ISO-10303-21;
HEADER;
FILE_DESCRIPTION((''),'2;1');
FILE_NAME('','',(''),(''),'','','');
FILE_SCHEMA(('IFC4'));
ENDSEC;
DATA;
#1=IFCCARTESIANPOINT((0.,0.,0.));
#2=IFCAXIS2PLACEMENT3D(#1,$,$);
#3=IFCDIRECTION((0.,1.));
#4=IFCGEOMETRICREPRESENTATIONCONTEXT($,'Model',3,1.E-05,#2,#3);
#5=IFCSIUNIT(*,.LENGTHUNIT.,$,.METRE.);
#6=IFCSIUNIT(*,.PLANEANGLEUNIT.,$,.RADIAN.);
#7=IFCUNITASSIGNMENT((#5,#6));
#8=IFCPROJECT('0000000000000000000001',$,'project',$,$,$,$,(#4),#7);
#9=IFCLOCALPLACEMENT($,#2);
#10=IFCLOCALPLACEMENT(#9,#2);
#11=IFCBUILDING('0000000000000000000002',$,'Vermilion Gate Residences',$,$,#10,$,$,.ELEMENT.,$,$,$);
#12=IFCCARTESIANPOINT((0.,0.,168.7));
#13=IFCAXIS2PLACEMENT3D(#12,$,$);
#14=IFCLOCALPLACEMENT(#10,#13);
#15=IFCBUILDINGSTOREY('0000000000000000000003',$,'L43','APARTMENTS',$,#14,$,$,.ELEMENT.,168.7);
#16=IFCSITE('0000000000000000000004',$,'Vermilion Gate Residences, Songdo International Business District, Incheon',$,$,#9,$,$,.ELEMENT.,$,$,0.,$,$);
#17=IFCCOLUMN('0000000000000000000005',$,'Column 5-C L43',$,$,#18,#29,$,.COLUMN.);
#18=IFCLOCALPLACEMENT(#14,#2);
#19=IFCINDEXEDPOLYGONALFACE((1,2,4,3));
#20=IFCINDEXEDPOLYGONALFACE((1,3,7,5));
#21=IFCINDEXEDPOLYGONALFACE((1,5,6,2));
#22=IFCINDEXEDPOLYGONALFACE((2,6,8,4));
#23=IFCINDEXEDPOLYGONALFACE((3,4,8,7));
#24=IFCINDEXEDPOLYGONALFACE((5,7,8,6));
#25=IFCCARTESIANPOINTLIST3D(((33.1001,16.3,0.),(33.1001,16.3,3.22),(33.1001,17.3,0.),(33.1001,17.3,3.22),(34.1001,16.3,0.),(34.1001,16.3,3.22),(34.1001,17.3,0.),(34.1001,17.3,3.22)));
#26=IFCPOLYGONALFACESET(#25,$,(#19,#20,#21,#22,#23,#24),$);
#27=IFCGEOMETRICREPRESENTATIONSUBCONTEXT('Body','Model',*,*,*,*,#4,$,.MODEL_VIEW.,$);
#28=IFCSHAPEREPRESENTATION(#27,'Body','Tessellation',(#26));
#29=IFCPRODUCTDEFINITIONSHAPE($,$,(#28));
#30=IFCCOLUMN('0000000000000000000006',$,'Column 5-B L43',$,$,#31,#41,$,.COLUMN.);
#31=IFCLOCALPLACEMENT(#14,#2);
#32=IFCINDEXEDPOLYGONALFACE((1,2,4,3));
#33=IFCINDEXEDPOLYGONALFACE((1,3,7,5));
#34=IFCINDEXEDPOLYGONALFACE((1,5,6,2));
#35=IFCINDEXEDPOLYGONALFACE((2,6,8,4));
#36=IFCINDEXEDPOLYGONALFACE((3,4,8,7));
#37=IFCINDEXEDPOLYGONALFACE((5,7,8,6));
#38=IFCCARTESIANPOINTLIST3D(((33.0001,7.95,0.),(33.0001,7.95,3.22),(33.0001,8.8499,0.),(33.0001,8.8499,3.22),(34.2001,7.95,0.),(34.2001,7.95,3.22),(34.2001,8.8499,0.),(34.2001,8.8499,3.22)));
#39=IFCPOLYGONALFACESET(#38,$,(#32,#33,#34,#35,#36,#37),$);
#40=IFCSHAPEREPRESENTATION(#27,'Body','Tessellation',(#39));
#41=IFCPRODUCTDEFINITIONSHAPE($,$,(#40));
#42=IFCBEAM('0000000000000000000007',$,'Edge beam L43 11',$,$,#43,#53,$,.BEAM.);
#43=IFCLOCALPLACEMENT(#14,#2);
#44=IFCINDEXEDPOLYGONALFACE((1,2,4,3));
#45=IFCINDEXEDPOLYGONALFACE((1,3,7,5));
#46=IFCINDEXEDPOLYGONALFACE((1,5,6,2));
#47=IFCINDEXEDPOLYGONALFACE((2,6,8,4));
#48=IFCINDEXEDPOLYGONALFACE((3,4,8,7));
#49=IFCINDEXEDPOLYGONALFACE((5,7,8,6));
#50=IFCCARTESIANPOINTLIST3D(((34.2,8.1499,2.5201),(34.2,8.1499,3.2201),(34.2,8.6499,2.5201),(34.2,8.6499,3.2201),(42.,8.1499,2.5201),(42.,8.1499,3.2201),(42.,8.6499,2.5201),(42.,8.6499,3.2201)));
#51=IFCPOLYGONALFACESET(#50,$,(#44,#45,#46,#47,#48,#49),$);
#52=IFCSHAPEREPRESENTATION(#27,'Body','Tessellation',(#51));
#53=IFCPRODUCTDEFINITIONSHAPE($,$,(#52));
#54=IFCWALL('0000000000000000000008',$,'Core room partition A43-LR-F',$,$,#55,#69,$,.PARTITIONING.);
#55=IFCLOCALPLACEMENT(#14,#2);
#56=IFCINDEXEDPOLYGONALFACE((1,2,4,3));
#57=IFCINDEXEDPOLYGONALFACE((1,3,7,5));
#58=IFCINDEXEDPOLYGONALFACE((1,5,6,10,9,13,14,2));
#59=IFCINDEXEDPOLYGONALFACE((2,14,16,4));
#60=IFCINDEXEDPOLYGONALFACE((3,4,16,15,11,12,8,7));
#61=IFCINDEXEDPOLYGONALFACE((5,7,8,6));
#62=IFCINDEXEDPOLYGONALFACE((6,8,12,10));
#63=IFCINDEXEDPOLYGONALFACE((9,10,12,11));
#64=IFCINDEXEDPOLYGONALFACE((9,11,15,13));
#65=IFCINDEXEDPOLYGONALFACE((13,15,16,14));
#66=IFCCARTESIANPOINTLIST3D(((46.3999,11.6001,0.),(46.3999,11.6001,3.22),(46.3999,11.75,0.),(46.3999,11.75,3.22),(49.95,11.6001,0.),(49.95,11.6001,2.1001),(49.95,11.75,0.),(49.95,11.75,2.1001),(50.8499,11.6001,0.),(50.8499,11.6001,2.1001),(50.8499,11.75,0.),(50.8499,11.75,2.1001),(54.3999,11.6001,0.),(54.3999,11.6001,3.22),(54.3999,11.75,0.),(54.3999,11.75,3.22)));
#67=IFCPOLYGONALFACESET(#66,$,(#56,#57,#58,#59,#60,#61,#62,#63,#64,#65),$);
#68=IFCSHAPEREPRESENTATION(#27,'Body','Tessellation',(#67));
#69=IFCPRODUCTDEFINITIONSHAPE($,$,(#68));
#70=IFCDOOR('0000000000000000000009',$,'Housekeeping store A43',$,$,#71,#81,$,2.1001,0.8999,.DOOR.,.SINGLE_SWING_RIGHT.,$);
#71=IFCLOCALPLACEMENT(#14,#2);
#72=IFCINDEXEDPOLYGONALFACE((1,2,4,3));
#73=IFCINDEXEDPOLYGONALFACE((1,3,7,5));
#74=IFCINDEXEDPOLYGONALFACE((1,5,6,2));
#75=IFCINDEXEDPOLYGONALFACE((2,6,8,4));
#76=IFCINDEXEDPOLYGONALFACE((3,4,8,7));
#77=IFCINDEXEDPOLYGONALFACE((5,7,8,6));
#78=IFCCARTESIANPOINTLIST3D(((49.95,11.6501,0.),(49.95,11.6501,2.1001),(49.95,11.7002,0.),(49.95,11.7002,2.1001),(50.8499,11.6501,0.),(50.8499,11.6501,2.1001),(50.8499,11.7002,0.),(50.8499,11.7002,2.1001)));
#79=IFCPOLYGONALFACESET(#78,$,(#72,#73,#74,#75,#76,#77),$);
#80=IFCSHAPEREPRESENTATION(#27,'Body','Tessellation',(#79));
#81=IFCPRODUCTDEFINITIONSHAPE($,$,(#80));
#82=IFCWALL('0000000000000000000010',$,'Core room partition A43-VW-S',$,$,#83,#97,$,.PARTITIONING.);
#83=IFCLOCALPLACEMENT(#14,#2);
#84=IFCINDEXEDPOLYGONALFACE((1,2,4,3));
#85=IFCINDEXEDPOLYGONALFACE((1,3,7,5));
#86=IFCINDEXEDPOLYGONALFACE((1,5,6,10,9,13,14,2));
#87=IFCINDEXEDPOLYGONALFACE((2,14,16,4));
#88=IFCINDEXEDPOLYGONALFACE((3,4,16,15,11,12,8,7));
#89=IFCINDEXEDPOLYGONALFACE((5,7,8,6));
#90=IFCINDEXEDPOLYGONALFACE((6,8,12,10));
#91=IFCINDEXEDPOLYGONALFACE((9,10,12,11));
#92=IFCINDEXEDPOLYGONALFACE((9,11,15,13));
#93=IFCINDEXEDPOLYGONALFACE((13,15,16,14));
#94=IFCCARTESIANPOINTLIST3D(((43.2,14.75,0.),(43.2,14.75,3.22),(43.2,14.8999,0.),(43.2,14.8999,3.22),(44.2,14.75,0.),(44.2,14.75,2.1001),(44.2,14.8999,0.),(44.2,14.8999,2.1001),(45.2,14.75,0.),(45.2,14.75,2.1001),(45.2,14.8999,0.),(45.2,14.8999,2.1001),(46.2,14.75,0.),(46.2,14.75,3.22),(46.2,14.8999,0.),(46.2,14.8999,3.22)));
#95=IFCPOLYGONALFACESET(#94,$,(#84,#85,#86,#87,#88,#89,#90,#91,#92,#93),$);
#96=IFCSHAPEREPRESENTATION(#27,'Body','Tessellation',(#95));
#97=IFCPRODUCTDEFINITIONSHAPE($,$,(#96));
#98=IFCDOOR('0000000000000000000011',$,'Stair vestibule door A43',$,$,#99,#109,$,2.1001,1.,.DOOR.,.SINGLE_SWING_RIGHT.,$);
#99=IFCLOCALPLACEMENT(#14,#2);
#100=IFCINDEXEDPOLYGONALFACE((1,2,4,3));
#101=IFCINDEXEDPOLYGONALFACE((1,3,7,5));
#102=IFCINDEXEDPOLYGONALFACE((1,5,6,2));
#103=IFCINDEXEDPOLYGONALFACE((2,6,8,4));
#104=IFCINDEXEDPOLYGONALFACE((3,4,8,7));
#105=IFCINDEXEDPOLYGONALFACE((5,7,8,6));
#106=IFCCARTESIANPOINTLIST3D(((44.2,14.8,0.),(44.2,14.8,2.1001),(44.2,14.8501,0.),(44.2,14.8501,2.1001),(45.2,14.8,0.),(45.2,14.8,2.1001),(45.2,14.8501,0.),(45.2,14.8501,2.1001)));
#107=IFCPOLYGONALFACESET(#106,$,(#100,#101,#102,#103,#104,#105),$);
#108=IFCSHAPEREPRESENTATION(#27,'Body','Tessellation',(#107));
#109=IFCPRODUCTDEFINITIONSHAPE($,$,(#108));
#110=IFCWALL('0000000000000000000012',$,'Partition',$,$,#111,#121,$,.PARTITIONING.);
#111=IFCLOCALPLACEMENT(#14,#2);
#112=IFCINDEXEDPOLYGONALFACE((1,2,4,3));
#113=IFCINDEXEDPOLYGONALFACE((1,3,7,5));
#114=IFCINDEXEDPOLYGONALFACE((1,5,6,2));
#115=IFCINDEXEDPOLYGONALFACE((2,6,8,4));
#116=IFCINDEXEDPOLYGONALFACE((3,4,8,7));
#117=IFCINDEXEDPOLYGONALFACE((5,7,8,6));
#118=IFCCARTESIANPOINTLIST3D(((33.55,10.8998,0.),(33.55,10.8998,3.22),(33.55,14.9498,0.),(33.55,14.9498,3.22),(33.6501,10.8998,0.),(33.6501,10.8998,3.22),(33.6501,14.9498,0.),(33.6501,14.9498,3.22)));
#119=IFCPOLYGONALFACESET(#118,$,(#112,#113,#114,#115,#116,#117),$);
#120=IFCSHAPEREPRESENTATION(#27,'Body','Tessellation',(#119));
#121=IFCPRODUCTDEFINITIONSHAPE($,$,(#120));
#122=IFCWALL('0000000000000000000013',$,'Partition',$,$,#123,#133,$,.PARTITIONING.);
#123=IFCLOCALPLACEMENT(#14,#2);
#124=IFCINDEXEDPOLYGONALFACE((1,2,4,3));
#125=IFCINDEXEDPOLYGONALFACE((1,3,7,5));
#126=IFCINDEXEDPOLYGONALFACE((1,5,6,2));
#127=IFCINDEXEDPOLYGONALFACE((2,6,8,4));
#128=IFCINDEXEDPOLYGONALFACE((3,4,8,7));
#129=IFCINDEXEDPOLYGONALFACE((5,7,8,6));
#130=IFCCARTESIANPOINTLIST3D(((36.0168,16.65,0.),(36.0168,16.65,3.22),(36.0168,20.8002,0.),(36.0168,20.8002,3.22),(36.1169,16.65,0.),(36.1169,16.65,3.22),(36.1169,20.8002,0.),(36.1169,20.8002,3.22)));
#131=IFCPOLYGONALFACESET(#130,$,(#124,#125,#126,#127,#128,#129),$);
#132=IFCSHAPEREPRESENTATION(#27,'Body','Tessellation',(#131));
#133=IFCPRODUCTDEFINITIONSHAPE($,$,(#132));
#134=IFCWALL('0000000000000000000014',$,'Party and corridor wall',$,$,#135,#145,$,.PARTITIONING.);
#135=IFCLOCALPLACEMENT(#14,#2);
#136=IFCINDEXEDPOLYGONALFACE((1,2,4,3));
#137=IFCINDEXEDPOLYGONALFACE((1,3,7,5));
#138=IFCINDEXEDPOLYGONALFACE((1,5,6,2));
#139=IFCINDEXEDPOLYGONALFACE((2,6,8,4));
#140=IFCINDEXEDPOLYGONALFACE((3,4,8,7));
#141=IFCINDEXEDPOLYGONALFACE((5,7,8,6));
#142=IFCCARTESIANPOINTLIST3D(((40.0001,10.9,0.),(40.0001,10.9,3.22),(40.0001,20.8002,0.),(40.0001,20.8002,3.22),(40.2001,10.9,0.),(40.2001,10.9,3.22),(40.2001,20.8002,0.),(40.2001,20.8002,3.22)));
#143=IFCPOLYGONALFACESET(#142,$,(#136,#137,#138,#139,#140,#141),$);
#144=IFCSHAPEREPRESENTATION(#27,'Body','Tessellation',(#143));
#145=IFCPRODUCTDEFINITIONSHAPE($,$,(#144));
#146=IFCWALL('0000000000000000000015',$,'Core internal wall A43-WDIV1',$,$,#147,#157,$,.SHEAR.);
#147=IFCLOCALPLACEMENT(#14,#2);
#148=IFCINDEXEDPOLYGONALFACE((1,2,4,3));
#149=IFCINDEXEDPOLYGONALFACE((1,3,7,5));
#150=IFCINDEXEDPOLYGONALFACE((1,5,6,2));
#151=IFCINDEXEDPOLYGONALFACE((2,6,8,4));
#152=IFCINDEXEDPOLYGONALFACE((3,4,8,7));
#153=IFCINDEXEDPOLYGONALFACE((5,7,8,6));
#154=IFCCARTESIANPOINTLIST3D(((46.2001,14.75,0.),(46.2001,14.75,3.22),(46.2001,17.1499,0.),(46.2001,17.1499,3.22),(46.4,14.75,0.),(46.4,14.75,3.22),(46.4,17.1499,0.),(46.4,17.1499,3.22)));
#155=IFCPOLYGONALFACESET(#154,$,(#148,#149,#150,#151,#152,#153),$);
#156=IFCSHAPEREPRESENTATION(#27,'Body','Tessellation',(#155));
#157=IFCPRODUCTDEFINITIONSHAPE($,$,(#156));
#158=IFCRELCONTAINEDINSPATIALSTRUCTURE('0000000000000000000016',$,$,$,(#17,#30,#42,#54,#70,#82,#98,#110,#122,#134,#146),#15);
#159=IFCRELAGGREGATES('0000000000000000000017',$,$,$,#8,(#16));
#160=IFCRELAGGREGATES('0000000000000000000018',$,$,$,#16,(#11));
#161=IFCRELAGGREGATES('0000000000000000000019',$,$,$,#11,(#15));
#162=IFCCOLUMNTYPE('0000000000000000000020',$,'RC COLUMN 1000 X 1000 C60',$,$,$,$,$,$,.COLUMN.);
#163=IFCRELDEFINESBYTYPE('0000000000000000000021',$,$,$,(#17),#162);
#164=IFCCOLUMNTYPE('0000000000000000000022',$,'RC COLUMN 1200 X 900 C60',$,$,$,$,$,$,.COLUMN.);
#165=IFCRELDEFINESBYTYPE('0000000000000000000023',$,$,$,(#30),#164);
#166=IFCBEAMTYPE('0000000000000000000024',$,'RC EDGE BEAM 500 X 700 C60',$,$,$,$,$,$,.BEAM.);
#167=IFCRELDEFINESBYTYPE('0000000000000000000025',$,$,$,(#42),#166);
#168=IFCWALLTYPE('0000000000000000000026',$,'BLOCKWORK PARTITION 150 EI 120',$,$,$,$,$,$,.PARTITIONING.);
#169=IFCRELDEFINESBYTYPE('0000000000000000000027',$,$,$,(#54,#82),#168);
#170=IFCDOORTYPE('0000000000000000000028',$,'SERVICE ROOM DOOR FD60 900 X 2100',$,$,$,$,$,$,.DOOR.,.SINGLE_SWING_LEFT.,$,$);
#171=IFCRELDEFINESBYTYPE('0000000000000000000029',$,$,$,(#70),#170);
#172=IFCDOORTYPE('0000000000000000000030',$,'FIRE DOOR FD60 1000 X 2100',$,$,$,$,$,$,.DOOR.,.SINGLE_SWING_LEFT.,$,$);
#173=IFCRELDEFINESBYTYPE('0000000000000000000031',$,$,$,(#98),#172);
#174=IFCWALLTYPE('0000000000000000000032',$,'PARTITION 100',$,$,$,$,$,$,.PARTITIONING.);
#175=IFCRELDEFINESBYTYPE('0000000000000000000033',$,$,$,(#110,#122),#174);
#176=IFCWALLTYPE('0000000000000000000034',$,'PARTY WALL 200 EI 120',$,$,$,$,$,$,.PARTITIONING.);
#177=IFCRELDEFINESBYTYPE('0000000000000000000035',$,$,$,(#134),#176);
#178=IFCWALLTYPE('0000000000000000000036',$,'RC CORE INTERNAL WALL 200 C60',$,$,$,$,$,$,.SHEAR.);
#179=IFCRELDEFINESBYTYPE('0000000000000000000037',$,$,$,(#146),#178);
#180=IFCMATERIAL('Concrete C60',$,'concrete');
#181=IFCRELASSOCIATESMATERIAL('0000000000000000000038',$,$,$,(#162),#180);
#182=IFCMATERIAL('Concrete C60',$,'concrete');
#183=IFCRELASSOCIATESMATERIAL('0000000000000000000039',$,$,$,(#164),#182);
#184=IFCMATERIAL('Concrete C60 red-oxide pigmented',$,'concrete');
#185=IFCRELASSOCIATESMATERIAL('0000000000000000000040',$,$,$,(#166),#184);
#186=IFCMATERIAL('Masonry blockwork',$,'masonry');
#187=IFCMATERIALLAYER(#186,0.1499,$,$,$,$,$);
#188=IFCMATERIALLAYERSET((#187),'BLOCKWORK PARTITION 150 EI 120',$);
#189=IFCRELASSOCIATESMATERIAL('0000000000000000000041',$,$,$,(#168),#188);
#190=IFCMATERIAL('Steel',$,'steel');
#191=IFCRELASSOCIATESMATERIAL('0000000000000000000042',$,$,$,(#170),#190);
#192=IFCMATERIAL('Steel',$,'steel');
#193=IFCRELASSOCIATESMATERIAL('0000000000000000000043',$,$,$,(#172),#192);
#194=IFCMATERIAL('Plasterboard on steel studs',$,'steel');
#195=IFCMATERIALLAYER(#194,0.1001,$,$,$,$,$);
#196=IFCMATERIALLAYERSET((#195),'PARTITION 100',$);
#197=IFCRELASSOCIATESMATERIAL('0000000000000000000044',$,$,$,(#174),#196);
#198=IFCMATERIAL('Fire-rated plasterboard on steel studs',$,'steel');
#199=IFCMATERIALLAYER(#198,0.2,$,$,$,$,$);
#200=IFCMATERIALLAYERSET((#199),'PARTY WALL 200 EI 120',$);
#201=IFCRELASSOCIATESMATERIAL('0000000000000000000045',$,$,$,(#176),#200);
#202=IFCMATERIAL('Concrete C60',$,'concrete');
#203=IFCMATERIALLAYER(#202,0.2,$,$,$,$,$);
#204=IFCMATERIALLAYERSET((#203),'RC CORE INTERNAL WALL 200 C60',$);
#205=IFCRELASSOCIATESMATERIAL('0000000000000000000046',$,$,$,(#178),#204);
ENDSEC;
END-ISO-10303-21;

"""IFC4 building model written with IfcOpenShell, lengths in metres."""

from ifc_helpers import new_model, si_unit, direction, frame, frame_2d, origin, origin_2d, place, context, subcontext, project, spatial, rectangle, extrude, material, layer, layer_set, material_profile, profile_set, type_object, element, fill, save


model = new_model("IFC4")

# Units and contexts
model_context = context("Model", 3, precision=1e-05, world=origin(), true_north=direction((0.0, 1.0)))
body_context = subcontext(model_context, "Body", "Model", "MODEL_VIEW")
ifc_project = project(units=[si_unit("LENGTHUNIT", "METRE"), si_unit("PLANEANGLEUNIT", "RADIAN")], contexts=[model_context])

# Site, building, storey
site_placement = place(None, origin())
site = spatial("IfcSite", under=ifc_project, at=site_placement, Name="Vermilion Gate Residences, Songdo International Business District, Incheon", CompositionType="ELEMENT", RefElevation=0.0)
building_placement = place(site_placement, origin())
building = spatial("IfcBuilding", under=site, at=building_placement, Name="Vermilion Gate Residences", CompositionType="ELEMENT")
storey_placement = place(building_placement, frame((0.0, 0.0, 168.7)))
storey = spatial("IfcBuildingStorey", under=building, at=storey_placement, Name="L43", Description="APARTMENTS", CompositionType="ELEMENT", Elevation=168.7)

# Columns
ifc_material_1 = material(Name="Concrete C60", Category="concrete")
ifc_material_profile_1 = material_profile(ifc_material_1, rectangle(XDim=1.0, YDim=1.0, at=origin_2d()), Name="RC-1000x1000")
ifc_profile_set_1 = profile_set([ifc_material_profile_1], Name="Concrete C60")
column_type_1 = type_object("IfcColumnType", Name="RC COLUMN 1000 X 1000 C60", PredefinedType="COLUMN", material=ifc_profile_set_1)
column_1_placement = place(storey_placement, frame((33.6001, 16.8, 0.0), z_axis=(0.0, 0.0, 1.0), x_axis=(1.0, 0.0, 0.0)))
element("IfcColumn", 1, at=column_1_placement, inside=storey, type_object=column_type_1, Name="Column 5-C L43", PredefinedType="COLUMN", context=body_context, shape_type="SweptSolid", body=[
    extrude(rectangle(XDim=1.0, YDim=1.0, at=origin_2d()), origin(), (0.0, 0.0, 1.0), 3.22),
])
ifc_material_2 = material(Name="Concrete C60", Category="concrete")
ifc_material_profile_2 = material_profile(ifc_material_2, rectangle(XDim=1.2, YDim=0.8999, at=origin_2d()), Name="RC-1200x900")
ifc_profile_set_2 = profile_set([ifc_material_profile_2], Name="Concrete C60")
column_type_2 = type_object("IfcColumnType", Name="RC COLUMN 1200 X 900 C60", PredefinedType="COLUMN", material=ifc_profile_set_2)
column_2_placement = place(storey_placement, frame((33.6001, 8.3999, 0.0), z_axis=(0.0, 0.0, 1.0), x_axis=(1.0, 0.0, 0.0)))
element("IfcColumn", 2, at=column_2_placement, inside=storey, type_object=column_type_2, Name="Column 5-B L43", PredefinedType="COLUMN", context=body_context, shape_type="SweptSolid", body=[
    extrude(rectangle(XDim=1.2, YDim=0.8999, at=origin_2d()), origin(), (0.0, 0.0, 1.0), 3.22),
])

# Beam
ifc_material_3 = material(Name="Concrete C60 red-oxide pigmented", Category="concrete")
ifc_material_profile_3 = material_profile(ifc_material_3, rectangle(XDim=0.5, YDim=0.7, at=origin_2d()), Name="RC-500x700")
ifc_profile_set_3 = profile_set([ifc_material_profile_3], Name="Concrete C60 red-oxide pigmented")
beam_type = type_object("IfcBeamType", Name="RC EDGE BEAM 500 X 700 C60", PredefinedType="BEAM", material=ifc_profile_set_3)
beam_placement = place(storey_placement, frame((34.2, 8.3999, 2.8701), z_axis=(1.0, 0.0, 0.0), x_axis=(0.0, 1.0, 0.0)))
element("IfcBeam", 3, at=beam_placement, inside=storey, type_object=beam_type, Name="Edge beam L43 11", PredefinedType="BEAM", context=body_context, shape_type="SweptSolid", body=[
    extrude(rectangle(XDim=0.5, YDim=0.7, at=origin_2d()), origin(), (0.0, 0.0, 1.0), 7.8),
])

# Walls, openings, doors
ifc_material_4 = material(Name="Masonry blockwork", Category="masonry")
ifc_layer_1 = layer(ifc_material_4, 0.1499)
ifc_layer_set_1 = layer_set([ifc_layer_1], Name="BLOCKWORK PARTITION 150 EI 120")
wall_type_1 = type_object("IfcWallType", Name="BLOCKWORK PARTITION 150 EI 120", PredefinedType="PARTITIONING", material=ifc_layer_set_1)
wall_1_placement = place(storey_placement, frame((46.3999, 11.675, 0.0), z_axis=(0.0, 0.0, 1.0), x_axis=(1.0, 0.0, 0.0)))
wall_1 = element("IfcWall", 4, at=wall_1_placement, inside=storey, type_object=wall_type_1, Name="Core room partition A43-LR-F", PredefinedType="PARTITIONING", context=body_context, shape_type="SweptSolid", body=[
    extrude(rectangle(XDim=8.0, YDim=0.1499, at=frame_2d((4.0, 0.0))), origin(), (0.0, 0.0, 1.0), 3.22),
])
opening_1_placement = place(wall_1_placement, frame((3.55, 0.0, 0.0)))
opening_1 = element("IfcOpeningElement", 5, at=opening_1_placement, cuts=wall_1, PredefinedType="OPENING", context=body_context, shape_type="SweptSolid", body=[
    extrude(rectangle(XDim=0.8999, YDim=2.1001, at=frame_2d((0.45, 1.05))), frame((0.0, 0.085, 0.0), z_axis=(0.0, -1.0, 0.0), x_axis=(1.0, 0.0, 0.0)), (0.0, 0.0, 1.0), 0.1699),
])
ifc_material_5 = material(Name="Steel", Category="steel")
door_type_1 = type_object("IfcDoorType", Name="SERVICE ROOM DOOR FD60 900 X 2100", OperationType="SINGLE_SWING_LEFT", PredefinedType="DOOR", material=ifc_material_5)
door_1_placement = place(opening_1_placement, frame((0.8999, 0.0, 0.0), z_axis=(0.0, 0.0, 1.0), x_axis=(-1.0, 0.0, 0.0)))
door_1 = element("IfcDoor", 6, at=door_1_placement, inside=storey, type_object=door_type_1, Name="Housekeeping store A43", OperationType="SINGLE_SWING_RIGHT", OverallHeight=2.1001, OverallWidth=0.8999, PredefinedType="DOOR", context=body_context, shape_type="SweptSolid", body=[
    extrude(rectangle(XDim=0.8999, YDim=2.1001, at=frame_2d((0.45, 1.05))), frame((0.0, 0.0249, 0.0), z_axis=(0.0, -1.0, 0.0), x_axis=(1.0, 0.0, 0.0)), (0.0, 0.0, 1.0), 0.05),
])
fill(opening_1, door_1)
wall_2_placement = place(storey_placement, frame((43.2, 14.825, 0.0), z_axis=(0.0, 0.0, 1.0), x_axis=(1.0, 0.0, 0.0)))
wall_2 = element("IfcWall", 7, at=wall_2_placement, inside=storey, type_object=wall_type_1, Name="Core room partition A43-VW-S", PredefinedType="PARTITIONING", context=body_context, shape_type="SweptSolid", body=[
    extrude(rectangle(XDim=3.0, YDim=0.1499, at=frame_2d((1.5, 0.0))), origin(), (0.0, 0.0, 1.0), 3.22),
])
opening_2_placement = place(wall_2_placement, frame((1.0, 0.0, 0.0)))
opening_2 = element("IfcOpeningElement", 8, at=opening_2_placement, cuts=wall_2, PredefinedType="OPENING", context=body_context, shape_type="SweptSolid", body=[
    extrude(rectangle(XDim=1.0, YDim=2.1001, at=frame_2d((0.5, 1.05))), frame((0.0, 0.085, 0.0), z_axis=(0.0, -1.0, 0.0), x_axis=(1.0, 0.0, 0.0)), (0.0, 0.0, 1.0), 0.1699),
])
ifc_material_6 = material(Name="Steel", Category="steel")
door_type_2 = type_object("IfcDoorType", Name="FIRE DOOR FD60 1000 X 2100", OperationType="SINGLE_SWING_LEFT", PredefinedType="DOOR", material=ifc_material_6)
door_2_placement = place(opening_2_placement, frame((1.0, 0.0, 0.0), z_axis=(0.0, 0.0, 1.0), x_axis=(-1.0, 0.0, 0.0)))
door_2 = element("IfcDoor", 9, at=door_2_placement, inside=storey, type_object=door_type_2, Name="Stair vestibule door A43", OperationType="SINGLE_SWING_RIGHT", OverallHeight=2.1001, OverallWidth=1.0, PredefinedType="DOOR", context=body_context, shape_type="SweptSolid", body=[
    extrude(rectangle(XDim=1.0, YDim=2.1001, at=frame_2d((0.5, 1.05))), frame((0.0, 0.0249, 0.0), z_axis=(0.0, -1.0, 0.0), x_axis=(1.0, 0.0, 0.0)), (0.0, 0.0, 1.0), 0.05),
])
fill(opening_2, door_2)

# Walls
ifc_material_7 = material(Name="Plasterboard on steel studs", Category="steel")
ifc_layer_2 = layer(ifc_material_7, 0.1001)
ifc_layer_set_2 = layer_set([ifc_layer_2], Name="PARTITION 100")
wall_type_2 = type_object("IfcWallType", Name="PARTITION 100", PredefinedType="PARTITIONING", material=ifc_layer_set_2)
wall_3_placement = place(storey_placement, frame((33.6001, 10.8999, 0.0), z_axis=(0.0, 0.0, 1.0), x_axis=(0.0, 1.0, 0.0)))
element("IfcWall", 10, at=wall_3_placement, inside=storey, type_object=wall_type_2, Name="Partition", PredefinedType="PARTITIONING", context=body_context, shape_type="SweptSolid", body=[
    extrude(rectangle(XDim=4.05, YDim=0.1001, at=frame_2d((2.0249, 0.0))), origin(), (0.0, 0.0, 1.0), 3.22),
])
wall_4_placement = place(storey_placement, frame((36.0669, 16.6499, 0.0), z_axis=(0.0, 0.0, 1.0), x_axis=(0.0, 1.0, 0.0)))
element("IfcWall", 11, at=wall_4_placement, inside=storey, type_object=wall_type_2, Name="Partition", PredefinedType="PARTITIONING", context=body_context, shape_type="SweptSolid", body=[
    extrude(rectangle(XDim=4.1501, YDim=0.1001, at=frame_2d((2.0752, 0.0))), origin(), (0.0, 0.0, 1.0), 3.22),
])
ifc_material_8 = material(Name="Fire-rated plasterboard on steel studs", Category="steel")
ifc_layer_3 = layer(ifc_material_8, 0.2)
ifc_layer_set_3 = layer_set([ifc_layer_3], Name="PARTY WALL 200 EI 120")
wall_type_3 = type_object("IfcWallType", Name="PARTY WALL 200 EI 120", PredefinedType="PARTITIONING", material=ifc_layer_set_3)
wall_5_placement = place(storey_placement, frame((40.1001, 10.8999, 0.0), z_axis=(0.0, 0.0, 1.0), x_axis=(0.0, 1.0, 0.0)))
element("IfcWall", 12, at=wall_5_placement, inside=storey, type_object=wall_type_3, Name="Party and corridor wall", PredefinedType="PARTITIONING", context=body_context, shape_type="SweptSolid", body=[
    extrude(rectangle(XDim=9.9001, YDim=0.2, at=frame_2d((4.9502, 0.0))), origin(), (0.0, 0.0, 1.0), 3.22),
])
ifc_material_9 = material(Name="Concrete C60", Category="concrete")
ifc_layer_4 = layer(ifc_material_9, 0.2)
ifc_layer_set_4 = layer_set([ifc_layer_4], Name="RC CORE INTERNAL WALL 200 C60")
wall_type_4 = type_object("IfcWallType", Name="RC CORE INTERNAL WALL 200 C60", PredefinedType="SHEAR", material=ifc_layer_set_4)
wall_6_placement = place(storey_placement, frame((46.3, 14.75, 0.0), z_axis=(0.0, 0.0, 1.0), x_axis=(0.0, 1.0, 0.0)))
element("IfcWall", 13, at=wall_6_placement, inside=storey, type_object=wall_type_4, Name="Core internal wall A43-WDIV1", PredefinedType="SHEAR", context=body_context, shape_type="SweptSolid", body=[
    extrude(rectangle(XDim=2.3999, YDim=0.2, at=frame_2d((1.2, 0.0))), origin(), (0.0, 0.0, 1.0), 3.22),
])

save(model, "model.ifc")
